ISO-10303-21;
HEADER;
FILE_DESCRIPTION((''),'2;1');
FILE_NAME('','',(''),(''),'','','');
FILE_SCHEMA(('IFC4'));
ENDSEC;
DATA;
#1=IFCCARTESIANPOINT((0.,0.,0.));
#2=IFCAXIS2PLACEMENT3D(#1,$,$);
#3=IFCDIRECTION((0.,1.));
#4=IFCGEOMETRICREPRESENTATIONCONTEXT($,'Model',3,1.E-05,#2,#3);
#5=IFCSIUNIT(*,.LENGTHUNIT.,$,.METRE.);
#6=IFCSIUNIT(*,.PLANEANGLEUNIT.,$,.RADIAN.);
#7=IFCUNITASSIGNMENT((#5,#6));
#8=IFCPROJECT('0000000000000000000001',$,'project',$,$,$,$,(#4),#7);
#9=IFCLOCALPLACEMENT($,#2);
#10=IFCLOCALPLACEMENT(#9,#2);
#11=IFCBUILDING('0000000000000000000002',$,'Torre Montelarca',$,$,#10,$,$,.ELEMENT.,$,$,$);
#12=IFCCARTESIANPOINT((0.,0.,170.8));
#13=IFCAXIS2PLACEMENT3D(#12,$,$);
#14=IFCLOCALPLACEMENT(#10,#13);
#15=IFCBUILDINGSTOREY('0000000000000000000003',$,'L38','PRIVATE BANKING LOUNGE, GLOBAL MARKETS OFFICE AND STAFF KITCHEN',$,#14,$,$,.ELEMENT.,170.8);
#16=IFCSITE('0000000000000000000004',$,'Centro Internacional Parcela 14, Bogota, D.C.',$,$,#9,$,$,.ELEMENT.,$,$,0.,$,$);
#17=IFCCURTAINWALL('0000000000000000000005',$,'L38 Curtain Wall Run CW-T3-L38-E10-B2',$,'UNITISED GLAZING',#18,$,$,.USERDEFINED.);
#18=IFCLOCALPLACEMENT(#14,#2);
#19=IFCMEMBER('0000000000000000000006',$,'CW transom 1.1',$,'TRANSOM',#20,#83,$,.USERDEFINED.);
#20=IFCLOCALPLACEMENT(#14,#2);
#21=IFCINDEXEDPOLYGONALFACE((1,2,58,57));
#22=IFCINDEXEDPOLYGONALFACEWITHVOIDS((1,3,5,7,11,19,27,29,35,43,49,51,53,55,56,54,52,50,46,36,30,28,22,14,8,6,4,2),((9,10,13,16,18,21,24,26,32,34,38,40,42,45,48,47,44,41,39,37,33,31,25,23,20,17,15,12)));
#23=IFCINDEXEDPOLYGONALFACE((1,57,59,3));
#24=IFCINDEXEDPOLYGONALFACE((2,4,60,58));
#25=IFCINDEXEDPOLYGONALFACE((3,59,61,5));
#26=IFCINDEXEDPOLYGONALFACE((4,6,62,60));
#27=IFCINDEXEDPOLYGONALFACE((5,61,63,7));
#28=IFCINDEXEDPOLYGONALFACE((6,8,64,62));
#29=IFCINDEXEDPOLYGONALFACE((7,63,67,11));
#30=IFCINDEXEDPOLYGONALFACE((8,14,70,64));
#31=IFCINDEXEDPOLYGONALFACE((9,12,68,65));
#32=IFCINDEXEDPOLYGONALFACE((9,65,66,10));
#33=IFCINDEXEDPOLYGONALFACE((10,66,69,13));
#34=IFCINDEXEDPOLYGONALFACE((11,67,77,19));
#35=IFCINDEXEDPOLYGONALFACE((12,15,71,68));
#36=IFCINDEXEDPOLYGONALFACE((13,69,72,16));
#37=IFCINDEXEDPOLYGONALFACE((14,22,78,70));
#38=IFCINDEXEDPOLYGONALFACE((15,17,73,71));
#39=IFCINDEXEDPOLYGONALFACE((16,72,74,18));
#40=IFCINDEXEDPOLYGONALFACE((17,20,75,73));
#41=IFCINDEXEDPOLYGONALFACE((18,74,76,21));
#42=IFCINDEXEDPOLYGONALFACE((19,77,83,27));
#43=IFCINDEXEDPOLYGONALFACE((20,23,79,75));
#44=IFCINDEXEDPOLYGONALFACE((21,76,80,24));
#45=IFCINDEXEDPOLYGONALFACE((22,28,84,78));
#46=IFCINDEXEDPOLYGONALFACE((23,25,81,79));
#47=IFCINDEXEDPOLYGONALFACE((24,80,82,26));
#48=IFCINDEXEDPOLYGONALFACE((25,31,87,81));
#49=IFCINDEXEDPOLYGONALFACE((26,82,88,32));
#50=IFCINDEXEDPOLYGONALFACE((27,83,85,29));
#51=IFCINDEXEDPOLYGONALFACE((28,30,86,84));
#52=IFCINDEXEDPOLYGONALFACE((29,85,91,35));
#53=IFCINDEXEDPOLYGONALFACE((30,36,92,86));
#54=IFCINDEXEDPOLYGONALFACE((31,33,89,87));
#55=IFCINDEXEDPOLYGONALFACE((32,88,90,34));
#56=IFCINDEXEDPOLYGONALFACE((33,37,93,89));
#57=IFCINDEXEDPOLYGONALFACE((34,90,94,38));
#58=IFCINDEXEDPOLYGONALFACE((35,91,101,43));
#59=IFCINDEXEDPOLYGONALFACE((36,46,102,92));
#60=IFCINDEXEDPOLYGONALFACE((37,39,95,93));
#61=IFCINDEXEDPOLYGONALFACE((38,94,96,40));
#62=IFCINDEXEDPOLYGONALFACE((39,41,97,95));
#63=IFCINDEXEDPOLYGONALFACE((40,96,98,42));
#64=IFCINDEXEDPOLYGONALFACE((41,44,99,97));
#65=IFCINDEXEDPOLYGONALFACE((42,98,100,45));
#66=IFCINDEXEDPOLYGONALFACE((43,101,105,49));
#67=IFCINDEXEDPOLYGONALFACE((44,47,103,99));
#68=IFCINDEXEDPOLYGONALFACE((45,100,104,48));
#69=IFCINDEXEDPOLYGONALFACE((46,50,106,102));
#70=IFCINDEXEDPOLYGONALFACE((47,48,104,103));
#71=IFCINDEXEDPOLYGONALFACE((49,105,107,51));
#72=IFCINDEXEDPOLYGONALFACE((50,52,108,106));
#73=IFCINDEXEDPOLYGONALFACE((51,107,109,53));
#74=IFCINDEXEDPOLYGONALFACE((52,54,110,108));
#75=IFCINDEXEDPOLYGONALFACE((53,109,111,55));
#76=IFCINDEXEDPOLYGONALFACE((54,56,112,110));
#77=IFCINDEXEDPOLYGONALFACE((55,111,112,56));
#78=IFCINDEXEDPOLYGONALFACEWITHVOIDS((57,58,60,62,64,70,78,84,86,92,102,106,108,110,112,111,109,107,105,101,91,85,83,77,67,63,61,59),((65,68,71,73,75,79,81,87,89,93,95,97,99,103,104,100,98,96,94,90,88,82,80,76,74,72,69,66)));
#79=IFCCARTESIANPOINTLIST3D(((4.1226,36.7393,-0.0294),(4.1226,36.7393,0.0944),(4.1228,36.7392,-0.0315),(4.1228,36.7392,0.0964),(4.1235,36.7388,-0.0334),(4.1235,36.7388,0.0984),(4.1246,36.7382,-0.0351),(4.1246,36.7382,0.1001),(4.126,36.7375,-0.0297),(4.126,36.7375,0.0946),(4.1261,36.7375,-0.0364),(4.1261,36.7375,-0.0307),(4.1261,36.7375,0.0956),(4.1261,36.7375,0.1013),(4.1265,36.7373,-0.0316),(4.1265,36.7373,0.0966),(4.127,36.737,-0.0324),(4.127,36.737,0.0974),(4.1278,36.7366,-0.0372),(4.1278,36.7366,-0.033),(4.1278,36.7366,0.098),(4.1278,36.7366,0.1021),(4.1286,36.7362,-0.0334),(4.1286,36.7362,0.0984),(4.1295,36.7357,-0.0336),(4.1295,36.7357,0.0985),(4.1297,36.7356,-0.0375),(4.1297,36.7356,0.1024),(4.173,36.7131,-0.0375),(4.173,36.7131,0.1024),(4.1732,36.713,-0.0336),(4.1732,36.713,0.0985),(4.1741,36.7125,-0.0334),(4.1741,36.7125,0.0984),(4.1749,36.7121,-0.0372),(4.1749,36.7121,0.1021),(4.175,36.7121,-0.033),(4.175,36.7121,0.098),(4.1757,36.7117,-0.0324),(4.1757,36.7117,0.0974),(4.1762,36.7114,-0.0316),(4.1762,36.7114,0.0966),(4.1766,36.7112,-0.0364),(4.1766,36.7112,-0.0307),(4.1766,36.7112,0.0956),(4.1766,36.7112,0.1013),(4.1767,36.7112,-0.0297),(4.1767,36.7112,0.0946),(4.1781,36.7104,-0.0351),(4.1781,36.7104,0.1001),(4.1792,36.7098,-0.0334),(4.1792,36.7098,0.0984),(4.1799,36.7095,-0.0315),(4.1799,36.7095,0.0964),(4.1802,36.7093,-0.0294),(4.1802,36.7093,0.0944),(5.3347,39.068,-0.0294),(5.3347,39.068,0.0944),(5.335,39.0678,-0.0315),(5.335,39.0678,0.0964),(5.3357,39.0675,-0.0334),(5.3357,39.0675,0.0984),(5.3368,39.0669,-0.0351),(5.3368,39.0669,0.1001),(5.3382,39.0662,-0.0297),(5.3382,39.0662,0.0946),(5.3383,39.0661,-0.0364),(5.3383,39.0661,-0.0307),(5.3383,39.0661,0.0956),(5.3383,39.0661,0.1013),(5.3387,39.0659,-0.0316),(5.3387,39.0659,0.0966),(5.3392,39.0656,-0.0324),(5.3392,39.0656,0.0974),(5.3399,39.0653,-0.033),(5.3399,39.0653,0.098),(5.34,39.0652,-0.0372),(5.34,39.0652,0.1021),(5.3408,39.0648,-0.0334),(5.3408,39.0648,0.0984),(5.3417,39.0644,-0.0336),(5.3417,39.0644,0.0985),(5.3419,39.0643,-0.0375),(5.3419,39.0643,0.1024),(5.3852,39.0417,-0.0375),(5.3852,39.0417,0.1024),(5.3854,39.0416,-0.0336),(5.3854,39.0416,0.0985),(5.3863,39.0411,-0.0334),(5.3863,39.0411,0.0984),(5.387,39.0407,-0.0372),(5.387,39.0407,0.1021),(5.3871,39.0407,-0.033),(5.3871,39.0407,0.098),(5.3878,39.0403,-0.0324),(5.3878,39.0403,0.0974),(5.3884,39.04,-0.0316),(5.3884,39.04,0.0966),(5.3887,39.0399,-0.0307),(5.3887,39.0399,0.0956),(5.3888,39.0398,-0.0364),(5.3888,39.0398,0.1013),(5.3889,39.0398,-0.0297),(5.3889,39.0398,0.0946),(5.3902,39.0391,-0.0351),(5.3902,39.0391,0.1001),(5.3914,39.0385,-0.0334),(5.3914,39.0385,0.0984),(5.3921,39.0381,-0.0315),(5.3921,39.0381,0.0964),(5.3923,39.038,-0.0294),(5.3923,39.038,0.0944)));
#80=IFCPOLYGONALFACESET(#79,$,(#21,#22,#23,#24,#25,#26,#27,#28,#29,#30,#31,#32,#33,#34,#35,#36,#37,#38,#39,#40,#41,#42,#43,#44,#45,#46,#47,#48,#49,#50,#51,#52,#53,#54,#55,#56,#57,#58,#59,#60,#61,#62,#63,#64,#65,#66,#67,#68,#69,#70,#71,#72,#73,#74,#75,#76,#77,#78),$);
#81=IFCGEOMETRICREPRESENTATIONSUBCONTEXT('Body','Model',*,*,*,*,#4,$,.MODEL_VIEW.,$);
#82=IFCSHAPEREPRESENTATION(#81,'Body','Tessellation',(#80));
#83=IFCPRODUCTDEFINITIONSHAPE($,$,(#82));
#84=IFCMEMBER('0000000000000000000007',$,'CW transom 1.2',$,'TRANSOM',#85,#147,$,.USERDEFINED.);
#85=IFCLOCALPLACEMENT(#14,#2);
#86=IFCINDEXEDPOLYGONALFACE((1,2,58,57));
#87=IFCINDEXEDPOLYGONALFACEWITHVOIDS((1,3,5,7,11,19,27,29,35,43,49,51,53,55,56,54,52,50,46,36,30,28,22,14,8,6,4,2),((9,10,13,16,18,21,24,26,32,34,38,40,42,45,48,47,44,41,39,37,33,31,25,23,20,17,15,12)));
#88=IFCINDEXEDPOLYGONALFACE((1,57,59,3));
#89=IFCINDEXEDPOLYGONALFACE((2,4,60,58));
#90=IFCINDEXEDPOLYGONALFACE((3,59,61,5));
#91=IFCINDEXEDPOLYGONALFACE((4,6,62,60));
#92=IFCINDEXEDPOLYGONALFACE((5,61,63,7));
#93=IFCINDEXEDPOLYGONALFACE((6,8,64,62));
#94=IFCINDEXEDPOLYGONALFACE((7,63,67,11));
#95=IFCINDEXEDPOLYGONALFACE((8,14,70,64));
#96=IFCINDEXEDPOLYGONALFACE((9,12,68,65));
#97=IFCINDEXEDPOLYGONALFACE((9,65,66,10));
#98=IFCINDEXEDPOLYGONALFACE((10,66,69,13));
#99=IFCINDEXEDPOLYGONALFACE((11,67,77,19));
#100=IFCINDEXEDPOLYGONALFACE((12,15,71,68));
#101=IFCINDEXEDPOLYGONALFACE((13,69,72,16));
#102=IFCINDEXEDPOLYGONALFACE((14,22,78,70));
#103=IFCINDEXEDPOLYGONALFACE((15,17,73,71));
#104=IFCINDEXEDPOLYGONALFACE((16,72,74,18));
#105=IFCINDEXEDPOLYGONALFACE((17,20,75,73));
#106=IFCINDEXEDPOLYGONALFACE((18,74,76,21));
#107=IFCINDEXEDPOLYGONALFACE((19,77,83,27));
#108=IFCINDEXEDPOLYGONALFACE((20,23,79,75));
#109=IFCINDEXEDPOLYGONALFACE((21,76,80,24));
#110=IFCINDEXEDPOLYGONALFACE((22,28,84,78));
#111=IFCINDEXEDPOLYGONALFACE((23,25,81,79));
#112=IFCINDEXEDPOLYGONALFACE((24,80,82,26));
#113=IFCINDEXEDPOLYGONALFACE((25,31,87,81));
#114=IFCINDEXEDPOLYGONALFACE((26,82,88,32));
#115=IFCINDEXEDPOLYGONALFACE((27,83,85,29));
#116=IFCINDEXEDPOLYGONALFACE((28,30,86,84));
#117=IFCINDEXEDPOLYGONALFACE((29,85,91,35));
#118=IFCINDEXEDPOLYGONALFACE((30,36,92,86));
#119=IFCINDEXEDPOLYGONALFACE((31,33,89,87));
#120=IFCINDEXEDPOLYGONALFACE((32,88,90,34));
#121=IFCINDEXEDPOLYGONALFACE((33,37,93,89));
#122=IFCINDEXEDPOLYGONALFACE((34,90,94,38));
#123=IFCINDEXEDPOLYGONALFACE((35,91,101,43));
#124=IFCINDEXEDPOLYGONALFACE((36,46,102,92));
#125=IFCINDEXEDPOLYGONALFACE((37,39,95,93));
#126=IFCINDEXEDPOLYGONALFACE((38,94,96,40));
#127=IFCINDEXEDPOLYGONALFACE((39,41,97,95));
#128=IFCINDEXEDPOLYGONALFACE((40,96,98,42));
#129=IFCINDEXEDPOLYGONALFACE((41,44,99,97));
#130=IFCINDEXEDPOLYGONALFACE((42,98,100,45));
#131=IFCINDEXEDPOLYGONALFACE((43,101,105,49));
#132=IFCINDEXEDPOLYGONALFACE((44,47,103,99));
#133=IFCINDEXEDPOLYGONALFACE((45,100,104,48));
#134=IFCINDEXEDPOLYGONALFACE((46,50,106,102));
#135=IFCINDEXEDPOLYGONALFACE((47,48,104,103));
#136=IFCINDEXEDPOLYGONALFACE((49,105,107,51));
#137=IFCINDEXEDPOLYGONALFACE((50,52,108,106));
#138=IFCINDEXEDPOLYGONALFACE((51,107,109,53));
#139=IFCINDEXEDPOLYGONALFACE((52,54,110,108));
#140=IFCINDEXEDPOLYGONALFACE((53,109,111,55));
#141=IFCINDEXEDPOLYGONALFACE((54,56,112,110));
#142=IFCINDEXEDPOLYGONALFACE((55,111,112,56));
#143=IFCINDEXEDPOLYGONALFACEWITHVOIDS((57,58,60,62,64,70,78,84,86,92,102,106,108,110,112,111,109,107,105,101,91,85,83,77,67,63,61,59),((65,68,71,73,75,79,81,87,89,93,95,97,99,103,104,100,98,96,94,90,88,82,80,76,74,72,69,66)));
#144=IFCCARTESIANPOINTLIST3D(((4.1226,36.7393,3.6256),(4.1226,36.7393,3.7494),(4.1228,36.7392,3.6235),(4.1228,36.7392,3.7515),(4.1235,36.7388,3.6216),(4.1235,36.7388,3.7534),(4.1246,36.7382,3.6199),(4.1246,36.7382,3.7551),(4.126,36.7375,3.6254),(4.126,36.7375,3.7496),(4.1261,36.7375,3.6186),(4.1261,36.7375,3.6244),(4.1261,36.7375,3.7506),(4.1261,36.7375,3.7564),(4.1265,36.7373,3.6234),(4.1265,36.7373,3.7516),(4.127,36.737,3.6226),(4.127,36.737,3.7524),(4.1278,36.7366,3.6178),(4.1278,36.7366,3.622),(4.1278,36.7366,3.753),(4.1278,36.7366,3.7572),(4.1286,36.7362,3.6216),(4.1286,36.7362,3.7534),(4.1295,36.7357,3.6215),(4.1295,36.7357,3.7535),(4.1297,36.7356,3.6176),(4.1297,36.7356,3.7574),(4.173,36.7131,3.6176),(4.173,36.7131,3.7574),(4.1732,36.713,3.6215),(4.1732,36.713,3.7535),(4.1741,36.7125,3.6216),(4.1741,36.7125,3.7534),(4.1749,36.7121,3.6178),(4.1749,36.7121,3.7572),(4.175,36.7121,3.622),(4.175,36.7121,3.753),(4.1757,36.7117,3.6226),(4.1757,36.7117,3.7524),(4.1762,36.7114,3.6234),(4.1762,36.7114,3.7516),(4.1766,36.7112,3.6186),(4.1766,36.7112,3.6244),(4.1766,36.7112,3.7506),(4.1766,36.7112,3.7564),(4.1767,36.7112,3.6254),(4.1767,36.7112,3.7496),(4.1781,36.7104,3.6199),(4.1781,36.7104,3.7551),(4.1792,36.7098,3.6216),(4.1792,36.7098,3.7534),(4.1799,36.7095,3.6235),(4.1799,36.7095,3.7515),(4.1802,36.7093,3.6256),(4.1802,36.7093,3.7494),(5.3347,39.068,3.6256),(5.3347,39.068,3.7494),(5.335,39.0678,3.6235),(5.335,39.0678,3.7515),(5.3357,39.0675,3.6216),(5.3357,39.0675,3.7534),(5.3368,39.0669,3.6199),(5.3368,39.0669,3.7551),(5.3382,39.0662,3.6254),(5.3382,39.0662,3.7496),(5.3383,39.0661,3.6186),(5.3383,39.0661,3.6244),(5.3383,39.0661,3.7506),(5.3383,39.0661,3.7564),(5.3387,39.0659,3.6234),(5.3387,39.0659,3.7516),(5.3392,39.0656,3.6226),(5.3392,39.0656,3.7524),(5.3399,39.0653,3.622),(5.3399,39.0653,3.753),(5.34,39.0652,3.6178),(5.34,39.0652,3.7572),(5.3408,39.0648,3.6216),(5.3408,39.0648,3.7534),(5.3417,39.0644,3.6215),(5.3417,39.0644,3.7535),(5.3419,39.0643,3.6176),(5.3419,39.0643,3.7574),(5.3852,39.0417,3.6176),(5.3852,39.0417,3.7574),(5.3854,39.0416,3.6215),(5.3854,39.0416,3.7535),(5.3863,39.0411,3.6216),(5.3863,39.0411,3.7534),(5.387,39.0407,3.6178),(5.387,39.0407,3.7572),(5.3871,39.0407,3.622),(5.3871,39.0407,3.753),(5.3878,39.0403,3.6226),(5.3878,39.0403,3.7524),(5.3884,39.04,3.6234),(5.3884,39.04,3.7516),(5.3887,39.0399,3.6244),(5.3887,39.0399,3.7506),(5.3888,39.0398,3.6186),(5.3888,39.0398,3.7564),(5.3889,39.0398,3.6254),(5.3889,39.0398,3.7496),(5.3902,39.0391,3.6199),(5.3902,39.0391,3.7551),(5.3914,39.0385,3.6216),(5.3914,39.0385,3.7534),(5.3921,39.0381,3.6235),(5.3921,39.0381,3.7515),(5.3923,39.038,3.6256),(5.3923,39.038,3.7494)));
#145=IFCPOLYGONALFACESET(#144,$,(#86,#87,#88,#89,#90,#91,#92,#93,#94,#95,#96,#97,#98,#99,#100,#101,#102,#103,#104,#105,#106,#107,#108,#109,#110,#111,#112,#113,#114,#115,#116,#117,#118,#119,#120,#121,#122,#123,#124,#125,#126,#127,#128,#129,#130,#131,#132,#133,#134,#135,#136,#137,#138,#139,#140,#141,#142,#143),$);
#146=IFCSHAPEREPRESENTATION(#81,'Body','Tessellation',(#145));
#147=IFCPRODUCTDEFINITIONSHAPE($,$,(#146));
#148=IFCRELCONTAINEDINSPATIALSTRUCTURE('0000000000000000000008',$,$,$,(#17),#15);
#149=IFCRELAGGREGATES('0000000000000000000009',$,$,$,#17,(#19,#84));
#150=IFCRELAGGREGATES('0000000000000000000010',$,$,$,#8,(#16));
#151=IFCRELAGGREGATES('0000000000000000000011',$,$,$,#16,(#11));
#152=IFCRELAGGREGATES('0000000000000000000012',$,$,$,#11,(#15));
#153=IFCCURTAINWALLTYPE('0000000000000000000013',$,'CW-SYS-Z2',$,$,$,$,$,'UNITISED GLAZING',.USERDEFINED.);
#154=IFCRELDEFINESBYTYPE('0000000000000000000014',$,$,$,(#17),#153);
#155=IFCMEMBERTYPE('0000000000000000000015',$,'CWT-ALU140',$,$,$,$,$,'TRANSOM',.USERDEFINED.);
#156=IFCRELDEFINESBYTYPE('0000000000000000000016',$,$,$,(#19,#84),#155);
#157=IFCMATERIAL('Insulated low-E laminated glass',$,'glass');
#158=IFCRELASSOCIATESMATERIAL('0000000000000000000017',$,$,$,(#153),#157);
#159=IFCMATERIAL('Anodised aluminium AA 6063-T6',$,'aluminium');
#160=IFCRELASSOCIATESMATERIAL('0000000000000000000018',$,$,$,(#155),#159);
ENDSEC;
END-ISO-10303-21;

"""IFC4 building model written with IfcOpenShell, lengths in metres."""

from ifc_helpers import new_model, si_unit, direction, frame, origin, origin_2d, place, context, subcontext, project, spatial, hollow_rectangle, extrude, source, transform, mapped, material, material_profile, profile_set, type_object, element, aggregate, save


model = new_model("IFC4")

# Units and contexts
model_context = context("Model", 3, precision=1e-05, world=origin(), true_north=direction((0.0, 1.0)))
body_context = subcontext(model_context, "Body", "Model", "MODEL_VIEW")
ifc_project = project(units=[si_unit("LENGTHUNIT", "METRE"), si_unit("PLANEANGLEUNIT", "RADIAN")], contexts=[model_context])

# Site, building, storey
site_placement = place(None, origin())
site = spatial("IfcSite", under=ifc_project, at=site_placement, Name="Centro Internacional Parcela 14, Bogota, D.C.", CompositionType="ELEMENT", RefElevation=0.0)
building_placement = place(site_placement, origin())
building = spatial("IfcBuilding", under=site, at=building_placement, Name="Torre Montelarca", CompositionType="ELEMENT")
storey_placement = place(building_placement, frame((0.0, 0.0, 170.8)))
storey = spatial("IfcBuildingStorey", under=building, at=storey_placement, Name="L38", Description="PRIVATE BANKING LOUNGE, GLOBAL MARKETS OFFICE AND STAFF KITCHEN", CompositionType="ELEMENT", Elevation=170.8)

# Curtain wall
ifc_material_1 = material(Name="Insulated low-E laminated glass", Category="glass")
curtain_wall_type = type_object("IfcCurtainWallType", Name="CW-SYS-Z2", ElementType="UNITISED GLAZING", PredefinedType="USERDEFINED", material=ifc_material_1)
curtain_wall_1_placement = place(storey_placement, origin())
curtain_wall_1 = element("IfcCurtainWall", 1, at=curtain_wall_1_placement, inside=storey, type_object=curtain_wall_type, Name="L38 Curtain Wall Run CW-T3-L38-E10-B2", ObjectType="UNITISED GLAZING", PredefinedType="USERDEFINED")
ifc_material_2 = material(Name="Anodised aluminium AA 6063-T6", Category="aluminium")
ifc_material_profile_1 = material_profile(ifc_material_2, hollow_rectangle(XDim=0.0649, YDim=0.1399, WallThickness=0.0039, InnerFilletRadius=0.0039, OuterFilletRadius=0.0081, at=origin_2d()), Name="ALU65X140X4", Category="aluminium")
ifc_profile_set_1 = profile_set([ifc_material_profile_1], Name="Anodised aluminium AA 6063-T6")
member_type_1 = type_object("IfcMemberType", Name="CWT-ALU140", ElementType="TRANSOM", PredefinedType="USERDEFINED", material=ifc_profile_set_1)

# Members
shared_shape_1 = source(origin(), body_context, "Body", "SweptSolid", [
    extrude(hollow_rectangle(XDim=0.0649, YDim=0.1399, WallThickness=0.0039, InnerFilletRadius=0.0039, OuterFilletRadius=0.0081, at=origin_2d()), origin(), (0.0, 0.0, 1.0), 2.6252),
])
member_1_placement = place(storey_placement, frame((5.3635, 39.053, 0.0325), z_axis=(-0.461736, -0.887017, 0.0), x_axis=(0.887017, -0.461736, 0.0)))
member_1 = element("IfcMember", 2, at=member_1_placement, type_object=member_type_1, Name="CW transom 1.1", ObjectType="TRANSOM", PredefinedType="USERDEFINED", context=body_context, shape_type="MappedRepresentation", body=[
    mapped(shared_shape_1, transform((0.0, 0.0, 0.0), scale=1.0)),
])
member_2_placement = place(storey_placement, frame((5.3635, 39.053, 3.6875), z_axis=(-0.461736, -0.887017, 0.0), x_axis=(0.887017, -0.461736, 0.0)))
member_2 = element("IfcMember", 3, at=member_2_placement, type_object=member_type_1, Name="CW transom 1.2", ObjectType="TRANSOM", PredefinedType="USERDEFINED", context=body_context, shape_type="MappedRepresentation", body=[
    mapped(shared_shape_1, transform((0.0, 0.0, 0.0), scale=1.0)),
])

aggregate(curtain_wall_1, [member_1, member_2])

save(model, "model.ifc")
